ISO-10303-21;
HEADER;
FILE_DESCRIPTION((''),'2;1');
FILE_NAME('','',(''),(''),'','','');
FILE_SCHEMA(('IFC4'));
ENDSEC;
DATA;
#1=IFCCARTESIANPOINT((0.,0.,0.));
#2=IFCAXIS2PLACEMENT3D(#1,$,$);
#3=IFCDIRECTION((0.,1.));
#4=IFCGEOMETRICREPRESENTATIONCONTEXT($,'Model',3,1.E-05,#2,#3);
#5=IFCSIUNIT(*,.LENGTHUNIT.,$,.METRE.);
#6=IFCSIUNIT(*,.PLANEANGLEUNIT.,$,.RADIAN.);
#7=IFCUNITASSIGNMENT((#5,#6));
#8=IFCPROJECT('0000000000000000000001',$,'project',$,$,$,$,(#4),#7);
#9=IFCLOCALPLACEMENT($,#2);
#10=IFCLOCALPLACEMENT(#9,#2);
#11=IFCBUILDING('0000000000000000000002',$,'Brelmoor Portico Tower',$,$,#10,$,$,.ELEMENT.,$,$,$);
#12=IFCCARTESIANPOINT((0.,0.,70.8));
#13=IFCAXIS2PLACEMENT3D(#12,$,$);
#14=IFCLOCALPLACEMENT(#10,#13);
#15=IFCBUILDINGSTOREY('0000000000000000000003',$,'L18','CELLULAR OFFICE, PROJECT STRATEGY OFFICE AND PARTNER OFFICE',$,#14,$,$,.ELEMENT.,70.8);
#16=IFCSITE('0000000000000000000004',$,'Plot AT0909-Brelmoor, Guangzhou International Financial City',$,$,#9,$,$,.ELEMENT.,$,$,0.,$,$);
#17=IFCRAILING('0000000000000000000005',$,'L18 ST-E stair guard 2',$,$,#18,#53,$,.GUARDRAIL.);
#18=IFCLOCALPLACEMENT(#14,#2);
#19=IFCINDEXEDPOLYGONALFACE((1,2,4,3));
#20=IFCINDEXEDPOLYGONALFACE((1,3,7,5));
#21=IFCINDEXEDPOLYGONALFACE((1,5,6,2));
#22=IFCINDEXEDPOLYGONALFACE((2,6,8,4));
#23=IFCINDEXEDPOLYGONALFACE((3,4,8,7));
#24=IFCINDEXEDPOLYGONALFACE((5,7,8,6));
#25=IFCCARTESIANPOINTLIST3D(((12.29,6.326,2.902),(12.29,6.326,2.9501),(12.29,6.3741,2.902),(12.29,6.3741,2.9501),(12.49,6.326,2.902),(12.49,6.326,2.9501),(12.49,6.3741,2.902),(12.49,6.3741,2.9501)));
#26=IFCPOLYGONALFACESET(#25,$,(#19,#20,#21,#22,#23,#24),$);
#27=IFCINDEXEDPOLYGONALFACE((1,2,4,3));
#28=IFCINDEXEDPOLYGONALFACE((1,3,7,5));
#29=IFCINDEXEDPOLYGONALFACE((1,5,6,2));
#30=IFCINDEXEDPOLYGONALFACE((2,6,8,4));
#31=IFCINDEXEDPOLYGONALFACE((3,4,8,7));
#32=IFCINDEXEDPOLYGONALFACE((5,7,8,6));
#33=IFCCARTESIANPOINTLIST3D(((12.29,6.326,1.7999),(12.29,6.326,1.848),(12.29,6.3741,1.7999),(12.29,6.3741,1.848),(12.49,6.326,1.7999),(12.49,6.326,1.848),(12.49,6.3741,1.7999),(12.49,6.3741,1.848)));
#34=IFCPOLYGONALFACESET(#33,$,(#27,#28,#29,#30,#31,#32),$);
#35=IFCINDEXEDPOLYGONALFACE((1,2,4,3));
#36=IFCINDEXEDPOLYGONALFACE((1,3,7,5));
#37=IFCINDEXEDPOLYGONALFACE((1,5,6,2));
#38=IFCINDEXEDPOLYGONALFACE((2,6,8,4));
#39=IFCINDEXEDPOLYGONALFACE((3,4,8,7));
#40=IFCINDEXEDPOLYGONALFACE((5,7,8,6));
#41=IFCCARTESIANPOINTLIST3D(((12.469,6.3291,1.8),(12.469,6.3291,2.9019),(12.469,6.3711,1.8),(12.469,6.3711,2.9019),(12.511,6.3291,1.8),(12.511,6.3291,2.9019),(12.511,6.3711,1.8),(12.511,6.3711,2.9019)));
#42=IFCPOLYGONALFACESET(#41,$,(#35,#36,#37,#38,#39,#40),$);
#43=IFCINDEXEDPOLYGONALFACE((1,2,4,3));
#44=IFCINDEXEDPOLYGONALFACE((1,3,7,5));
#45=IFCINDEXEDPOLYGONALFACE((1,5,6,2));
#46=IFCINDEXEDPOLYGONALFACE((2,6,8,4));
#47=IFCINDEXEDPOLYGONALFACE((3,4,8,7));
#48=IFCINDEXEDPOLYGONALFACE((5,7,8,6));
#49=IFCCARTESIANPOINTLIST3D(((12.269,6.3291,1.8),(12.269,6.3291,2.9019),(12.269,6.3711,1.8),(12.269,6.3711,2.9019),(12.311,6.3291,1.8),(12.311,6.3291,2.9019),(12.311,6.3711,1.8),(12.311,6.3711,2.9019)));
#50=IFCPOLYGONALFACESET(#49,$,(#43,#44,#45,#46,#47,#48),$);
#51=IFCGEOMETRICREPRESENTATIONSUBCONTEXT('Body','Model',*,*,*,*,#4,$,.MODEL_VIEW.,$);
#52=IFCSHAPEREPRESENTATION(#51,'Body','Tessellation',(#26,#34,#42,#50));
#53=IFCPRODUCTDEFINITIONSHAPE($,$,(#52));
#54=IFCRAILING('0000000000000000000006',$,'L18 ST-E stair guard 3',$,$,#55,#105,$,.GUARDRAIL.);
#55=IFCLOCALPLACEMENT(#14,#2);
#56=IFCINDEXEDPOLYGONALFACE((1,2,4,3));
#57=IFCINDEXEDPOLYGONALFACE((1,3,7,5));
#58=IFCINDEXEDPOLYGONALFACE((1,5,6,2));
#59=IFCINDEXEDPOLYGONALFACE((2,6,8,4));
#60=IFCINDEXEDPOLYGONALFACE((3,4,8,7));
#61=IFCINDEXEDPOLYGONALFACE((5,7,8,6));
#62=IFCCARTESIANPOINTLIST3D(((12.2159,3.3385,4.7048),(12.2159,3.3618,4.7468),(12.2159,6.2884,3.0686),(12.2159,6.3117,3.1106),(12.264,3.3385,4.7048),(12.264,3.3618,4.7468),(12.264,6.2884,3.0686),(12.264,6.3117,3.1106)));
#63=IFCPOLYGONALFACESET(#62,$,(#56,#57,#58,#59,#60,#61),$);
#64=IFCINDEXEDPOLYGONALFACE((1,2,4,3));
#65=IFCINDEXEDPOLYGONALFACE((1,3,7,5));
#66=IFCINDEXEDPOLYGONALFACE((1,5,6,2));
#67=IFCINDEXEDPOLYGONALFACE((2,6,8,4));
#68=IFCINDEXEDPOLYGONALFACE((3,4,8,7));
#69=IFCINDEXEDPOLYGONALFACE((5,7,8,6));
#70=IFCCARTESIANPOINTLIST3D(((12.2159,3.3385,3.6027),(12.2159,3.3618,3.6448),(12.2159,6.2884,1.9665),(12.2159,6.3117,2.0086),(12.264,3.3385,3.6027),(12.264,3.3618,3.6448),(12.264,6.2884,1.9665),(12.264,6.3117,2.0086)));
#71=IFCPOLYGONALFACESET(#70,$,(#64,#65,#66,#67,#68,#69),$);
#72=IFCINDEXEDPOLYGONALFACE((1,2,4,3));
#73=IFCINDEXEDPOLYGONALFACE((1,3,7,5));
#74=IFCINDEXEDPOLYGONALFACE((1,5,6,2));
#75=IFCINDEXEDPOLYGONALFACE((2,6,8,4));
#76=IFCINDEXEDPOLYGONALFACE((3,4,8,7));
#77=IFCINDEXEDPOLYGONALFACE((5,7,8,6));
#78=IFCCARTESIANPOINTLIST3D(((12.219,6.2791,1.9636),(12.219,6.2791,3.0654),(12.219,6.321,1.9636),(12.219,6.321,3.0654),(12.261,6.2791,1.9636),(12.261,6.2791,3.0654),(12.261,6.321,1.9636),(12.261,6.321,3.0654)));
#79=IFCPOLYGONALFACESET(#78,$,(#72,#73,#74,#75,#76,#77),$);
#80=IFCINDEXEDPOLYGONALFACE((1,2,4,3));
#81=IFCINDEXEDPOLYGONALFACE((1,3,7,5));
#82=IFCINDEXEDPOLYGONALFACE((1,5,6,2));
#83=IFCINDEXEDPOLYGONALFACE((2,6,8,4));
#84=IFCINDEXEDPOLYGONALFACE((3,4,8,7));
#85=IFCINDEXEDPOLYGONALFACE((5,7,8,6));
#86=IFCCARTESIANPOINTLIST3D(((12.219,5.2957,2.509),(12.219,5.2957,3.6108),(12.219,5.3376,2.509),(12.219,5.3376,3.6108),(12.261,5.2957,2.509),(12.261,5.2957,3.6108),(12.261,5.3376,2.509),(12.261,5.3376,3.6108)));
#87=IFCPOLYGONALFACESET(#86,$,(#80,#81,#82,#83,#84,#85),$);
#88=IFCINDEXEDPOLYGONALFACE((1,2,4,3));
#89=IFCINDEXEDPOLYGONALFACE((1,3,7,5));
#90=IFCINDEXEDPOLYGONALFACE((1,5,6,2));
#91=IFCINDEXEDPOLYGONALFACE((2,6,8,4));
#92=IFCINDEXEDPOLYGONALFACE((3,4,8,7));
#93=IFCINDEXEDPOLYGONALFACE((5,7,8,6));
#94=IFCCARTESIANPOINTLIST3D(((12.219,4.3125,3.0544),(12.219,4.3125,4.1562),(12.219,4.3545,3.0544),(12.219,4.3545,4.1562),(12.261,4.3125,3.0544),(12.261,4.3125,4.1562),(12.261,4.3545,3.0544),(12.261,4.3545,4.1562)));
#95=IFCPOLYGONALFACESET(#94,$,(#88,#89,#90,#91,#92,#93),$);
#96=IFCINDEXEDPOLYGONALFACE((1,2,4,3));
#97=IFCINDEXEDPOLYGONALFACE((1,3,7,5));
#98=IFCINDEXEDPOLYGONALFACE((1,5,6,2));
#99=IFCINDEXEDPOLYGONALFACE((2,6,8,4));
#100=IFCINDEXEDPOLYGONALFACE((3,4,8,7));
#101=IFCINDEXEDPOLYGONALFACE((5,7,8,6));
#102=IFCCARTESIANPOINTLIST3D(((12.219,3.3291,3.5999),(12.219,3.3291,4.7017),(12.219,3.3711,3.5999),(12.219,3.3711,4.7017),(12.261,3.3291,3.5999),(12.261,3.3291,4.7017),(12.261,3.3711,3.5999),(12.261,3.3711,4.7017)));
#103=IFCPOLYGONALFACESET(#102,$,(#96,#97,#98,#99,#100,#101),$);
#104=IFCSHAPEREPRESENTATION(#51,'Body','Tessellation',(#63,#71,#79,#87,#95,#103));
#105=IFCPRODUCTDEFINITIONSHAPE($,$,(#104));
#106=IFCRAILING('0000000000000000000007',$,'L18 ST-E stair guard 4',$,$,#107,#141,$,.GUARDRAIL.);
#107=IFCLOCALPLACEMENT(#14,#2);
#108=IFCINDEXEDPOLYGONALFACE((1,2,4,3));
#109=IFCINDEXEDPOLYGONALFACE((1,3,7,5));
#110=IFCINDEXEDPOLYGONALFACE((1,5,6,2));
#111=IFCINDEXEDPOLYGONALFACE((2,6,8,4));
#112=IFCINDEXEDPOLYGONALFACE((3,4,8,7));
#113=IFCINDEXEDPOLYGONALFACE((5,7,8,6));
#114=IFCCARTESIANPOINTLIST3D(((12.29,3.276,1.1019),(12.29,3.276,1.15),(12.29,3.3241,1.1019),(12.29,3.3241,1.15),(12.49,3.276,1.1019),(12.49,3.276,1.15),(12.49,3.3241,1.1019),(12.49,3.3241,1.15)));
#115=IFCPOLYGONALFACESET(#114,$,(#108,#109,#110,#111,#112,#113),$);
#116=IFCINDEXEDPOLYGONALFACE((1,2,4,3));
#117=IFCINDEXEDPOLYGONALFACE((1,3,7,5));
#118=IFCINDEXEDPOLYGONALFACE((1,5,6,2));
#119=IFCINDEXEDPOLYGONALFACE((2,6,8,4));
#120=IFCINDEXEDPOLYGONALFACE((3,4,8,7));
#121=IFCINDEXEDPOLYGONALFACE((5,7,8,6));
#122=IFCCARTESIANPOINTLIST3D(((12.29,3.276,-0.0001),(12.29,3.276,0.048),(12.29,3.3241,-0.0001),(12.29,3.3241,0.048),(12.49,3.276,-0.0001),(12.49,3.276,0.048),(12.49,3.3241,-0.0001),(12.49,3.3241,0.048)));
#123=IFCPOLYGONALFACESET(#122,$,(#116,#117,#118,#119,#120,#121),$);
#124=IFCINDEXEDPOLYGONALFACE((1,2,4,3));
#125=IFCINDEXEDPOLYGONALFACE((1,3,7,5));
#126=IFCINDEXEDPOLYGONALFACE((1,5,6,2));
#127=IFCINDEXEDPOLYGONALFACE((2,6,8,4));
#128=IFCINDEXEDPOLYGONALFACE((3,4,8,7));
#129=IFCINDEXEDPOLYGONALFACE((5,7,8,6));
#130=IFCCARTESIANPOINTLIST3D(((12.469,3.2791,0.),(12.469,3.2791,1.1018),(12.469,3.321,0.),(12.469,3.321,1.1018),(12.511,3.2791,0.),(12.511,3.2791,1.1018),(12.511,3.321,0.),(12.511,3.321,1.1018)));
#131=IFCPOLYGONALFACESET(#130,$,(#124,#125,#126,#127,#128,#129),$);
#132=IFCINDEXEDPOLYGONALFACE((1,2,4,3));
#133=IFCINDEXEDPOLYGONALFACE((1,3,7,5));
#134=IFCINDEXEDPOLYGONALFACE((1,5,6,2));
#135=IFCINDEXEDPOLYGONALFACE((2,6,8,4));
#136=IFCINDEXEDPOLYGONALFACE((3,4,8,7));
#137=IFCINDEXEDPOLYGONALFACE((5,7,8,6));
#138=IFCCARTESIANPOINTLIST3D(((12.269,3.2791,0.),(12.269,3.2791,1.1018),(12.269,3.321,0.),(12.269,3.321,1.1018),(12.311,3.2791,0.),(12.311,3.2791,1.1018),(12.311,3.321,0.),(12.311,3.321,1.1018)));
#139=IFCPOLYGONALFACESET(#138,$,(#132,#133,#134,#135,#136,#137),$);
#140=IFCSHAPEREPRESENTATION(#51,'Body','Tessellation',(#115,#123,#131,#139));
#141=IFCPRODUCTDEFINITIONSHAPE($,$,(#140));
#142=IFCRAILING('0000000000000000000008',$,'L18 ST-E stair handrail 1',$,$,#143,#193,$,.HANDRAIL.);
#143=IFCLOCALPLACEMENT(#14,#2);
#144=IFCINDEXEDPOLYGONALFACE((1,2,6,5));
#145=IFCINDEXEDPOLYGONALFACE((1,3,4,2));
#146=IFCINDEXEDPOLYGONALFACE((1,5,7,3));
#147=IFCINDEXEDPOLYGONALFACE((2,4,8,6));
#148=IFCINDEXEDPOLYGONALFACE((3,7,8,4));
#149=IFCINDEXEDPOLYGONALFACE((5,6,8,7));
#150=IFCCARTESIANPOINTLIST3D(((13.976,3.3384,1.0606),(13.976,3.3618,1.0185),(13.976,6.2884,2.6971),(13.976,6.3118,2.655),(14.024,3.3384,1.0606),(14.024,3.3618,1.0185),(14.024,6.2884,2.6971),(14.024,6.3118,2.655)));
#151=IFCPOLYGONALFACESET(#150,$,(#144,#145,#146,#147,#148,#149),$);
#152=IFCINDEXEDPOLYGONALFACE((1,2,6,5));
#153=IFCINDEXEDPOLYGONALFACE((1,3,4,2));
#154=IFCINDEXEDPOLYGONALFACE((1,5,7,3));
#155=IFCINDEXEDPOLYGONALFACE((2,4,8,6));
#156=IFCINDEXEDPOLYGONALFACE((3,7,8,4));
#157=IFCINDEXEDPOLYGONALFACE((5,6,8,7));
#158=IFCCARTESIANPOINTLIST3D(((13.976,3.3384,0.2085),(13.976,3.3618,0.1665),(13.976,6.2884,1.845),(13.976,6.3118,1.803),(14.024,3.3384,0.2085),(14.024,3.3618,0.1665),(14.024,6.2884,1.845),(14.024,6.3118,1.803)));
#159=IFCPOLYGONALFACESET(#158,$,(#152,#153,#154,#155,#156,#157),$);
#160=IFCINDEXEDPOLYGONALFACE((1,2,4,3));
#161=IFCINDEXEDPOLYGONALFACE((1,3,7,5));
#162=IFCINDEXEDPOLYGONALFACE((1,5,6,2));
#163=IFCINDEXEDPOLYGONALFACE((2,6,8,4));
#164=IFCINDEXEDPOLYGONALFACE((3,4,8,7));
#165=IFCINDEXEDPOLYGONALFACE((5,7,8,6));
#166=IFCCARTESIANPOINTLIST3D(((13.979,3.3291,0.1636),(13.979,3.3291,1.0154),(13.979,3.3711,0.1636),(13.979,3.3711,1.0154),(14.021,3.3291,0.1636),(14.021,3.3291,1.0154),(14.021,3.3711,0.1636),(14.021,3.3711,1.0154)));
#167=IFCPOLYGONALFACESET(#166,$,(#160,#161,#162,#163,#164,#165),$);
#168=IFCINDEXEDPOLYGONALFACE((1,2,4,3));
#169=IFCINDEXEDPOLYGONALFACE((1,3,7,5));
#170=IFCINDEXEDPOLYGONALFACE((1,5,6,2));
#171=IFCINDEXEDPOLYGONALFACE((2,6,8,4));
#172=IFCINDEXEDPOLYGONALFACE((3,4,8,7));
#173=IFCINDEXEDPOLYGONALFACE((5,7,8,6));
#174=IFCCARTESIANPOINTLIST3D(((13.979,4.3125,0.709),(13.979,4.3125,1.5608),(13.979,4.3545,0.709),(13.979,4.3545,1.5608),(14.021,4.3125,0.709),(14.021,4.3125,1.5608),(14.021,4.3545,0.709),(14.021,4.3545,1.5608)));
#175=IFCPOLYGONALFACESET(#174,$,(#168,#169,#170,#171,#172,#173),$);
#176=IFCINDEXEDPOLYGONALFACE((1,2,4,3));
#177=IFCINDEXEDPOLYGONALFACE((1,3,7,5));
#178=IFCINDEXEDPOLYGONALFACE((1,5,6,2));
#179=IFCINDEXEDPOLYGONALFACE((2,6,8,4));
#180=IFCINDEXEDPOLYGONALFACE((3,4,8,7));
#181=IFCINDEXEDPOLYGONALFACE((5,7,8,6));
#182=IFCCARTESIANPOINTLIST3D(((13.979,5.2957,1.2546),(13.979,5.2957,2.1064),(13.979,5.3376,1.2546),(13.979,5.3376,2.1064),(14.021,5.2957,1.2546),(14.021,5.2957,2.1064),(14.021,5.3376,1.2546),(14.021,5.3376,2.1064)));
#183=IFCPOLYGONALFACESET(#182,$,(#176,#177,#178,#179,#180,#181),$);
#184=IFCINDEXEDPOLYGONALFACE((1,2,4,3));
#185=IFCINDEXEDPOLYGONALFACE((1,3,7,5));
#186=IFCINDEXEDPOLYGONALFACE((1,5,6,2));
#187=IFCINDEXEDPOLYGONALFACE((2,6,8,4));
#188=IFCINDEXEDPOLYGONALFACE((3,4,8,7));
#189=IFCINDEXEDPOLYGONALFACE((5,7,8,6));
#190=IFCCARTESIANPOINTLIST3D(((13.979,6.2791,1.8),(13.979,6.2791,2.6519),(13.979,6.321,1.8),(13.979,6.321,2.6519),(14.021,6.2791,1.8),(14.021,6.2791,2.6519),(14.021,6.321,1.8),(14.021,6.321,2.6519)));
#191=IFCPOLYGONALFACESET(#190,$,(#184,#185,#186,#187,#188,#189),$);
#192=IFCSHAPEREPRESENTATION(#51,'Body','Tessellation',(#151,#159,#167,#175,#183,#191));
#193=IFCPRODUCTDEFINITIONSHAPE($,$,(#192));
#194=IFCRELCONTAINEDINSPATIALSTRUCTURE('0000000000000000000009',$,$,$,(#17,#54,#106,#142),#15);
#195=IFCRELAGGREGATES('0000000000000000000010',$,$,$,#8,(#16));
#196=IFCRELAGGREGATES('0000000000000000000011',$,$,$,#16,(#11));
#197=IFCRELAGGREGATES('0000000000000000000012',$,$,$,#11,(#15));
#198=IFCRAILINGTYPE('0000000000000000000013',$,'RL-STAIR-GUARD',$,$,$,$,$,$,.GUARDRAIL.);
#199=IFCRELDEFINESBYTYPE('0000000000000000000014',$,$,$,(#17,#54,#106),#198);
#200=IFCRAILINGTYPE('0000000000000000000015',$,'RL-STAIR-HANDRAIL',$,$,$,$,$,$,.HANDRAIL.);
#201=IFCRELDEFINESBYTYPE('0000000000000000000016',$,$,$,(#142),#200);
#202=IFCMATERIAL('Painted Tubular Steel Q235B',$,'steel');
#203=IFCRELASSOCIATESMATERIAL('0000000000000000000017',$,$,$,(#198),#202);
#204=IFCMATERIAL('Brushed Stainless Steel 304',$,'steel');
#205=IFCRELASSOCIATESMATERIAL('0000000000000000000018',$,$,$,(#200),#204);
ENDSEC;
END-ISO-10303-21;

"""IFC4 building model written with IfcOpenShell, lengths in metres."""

from ifc_helpers import new_model, si_unit, direction, frame, origin, origin_2d, place, context, subcontext, project, spatial, rectangle, extrude, material, type_object, element, save


model = new_model("IFC4")

# Units and contexts
model_context = context("Model", 3, precision=1e-05, world=origin(), true_north=direction((0.0, 1.0)))
body_context = subcontext(model_context, "Body", "Model", "MODEL_VIEW")
ifc_project = project(units=[si_unit("LENGTHUNIT", "METRE"), si_unit("PLANEANGLEUNIT", "RADIAN")], contexts=[model_context])

# Site, building, storey
site_placement = place(None, origin())
site = spatial("IfcSite", under=ifc_project, at=site_placement, Name="Plot AT0909-Brelmoor, Guangzhou International Financial City", CompositionType="ELEMENT", RefElevation=0.0)
building_placement = place(site_placement, origin())
building = spatial("IfcBuilding", under=site, at=building_placement, Name="Brelmoor Portico Tower", CompositionType="ELEMENT")
storey_placement = place(building_placement, frame((0.0, 0.0, 70.8)))
storey = spatial("IfcBuildingStorey", under=building, at=storey_placement, Name="L18", Description="CELLULAR OFFICE, PROJECT STRATEGY OFFICE AND PARTNER OFFICE", CompositionType="ELEMENT", Elevation=70.8)

# Railings
ifc_material_1 = material(Name="Painted Tubular Steel Q235B", Category="steel")
railing_type_1 = type_object("IfcRailingType", Name="RL-STAIR-GUARD", PredefinedType="GUARDRAIL", material=ifc_material_1)
railing_1_placement = place(storey_placement, frame((12.49, 6.3501, 1.8)))
element("IfcRailing", 1, at=railing_1_placement, inside=storey, type_object=railing_type_1, Name="L18 ST-E stair guard 2", PredefinedType="GUARDRAIL", context=body_context, shape_type="SweptSolid", body=[
    extrude(rectangle(XDim=0.0481, YDim=0.0481, at=origin_2d()), frame((0.0, 0.0, 1.126), z_axis=(-1.0, 0.0, 0.0), x_axis=(0.0, -1.0, 0.0)), (0.0, 0.0, 1.0), 0.2),
    extrude(rectangle(XDim=0.0481, YDim=0.0481, at=origin_2d()), frame((0.0, 0.0, 0.0239), z_axis=(-1.0, 0.0, 0.0), x_axis=(0.0, -1.0, 0.0)), (0.0, 0.0, 1.0), 0.2),
    extrude(rectangle(XDim=0.042, YDim=0.042, at=origin_2d()), origin(), (0.0, 0.0, 1.0), 1.1018),
    extrude(rectangle(XDim=0.042, YDim=0.042, at=origin_2d()), frame((-0.2, 0.0, 0.0)), (0.0, 0.0, 1.0), 1.1018),
])
railing_2_placement = place(storey_placement, frame((12.24, 6.3, 1.9636)))
element("IfcRailing", 2, at=railing_2_placement, inside=storey, type_object=railing_type_1, Name="L18 ST-E stair guard 3", PredefinedType="GUARDRAIL", context=body_context, shape_type="SweptSolid", body=[
    extrude(rectangle(XDim=0.0481, YDim=0.0481, at=origin_2d()), frame((0.0, 0.0, 1.126), z_axis=(0.0, -0.874488, 0.485047), x_axis=(1.0, 0.0, 0.0)), (0.0, 0.0, 1.0), 3.3733),
    extrude(rectangle(XDim=0.0481, YDim=0.0481, at=origin_2d()), frame((0.0, 0.0, 0.0239), z_axis=(0.0, -0.874488, 0.485047), x_axis=(1.0, 0.0, 0.0)), (0.0, 0.0, 1.0), 3.3733),
    extrude(rectangle(XDim=0.042, YDim=0.042, at=origin_2d()), origin(), (0.0, 0.0, 1.0), 1.1018),
    extrude(rectangle(XDim=0.042, YDim=0.042, at=origin_2d()), frame((0.0, -0.9834, 0.5454)), (0.0, 0.0, 1.0), 1.1018),
    extrude(rectangle(XDim=0.042, YDim=0.042, at=origin_2d()), frame((0.0, -1.9666, 1.0908)), (0.0, 0.0, 1.0), 1.1018),
    extrude(rectangle(XDim=0.042, YDim=0.042, at=origin_2d()), frame((0.0, -2.95, 1.6362)), (0.0, 0.0, 1.0), 1.1018),
])
railing_3_placement = place(storey_placement, frame((12.49, 3.3, 0.0)))
element("IfcRailing", 3, at=railing_3_placement, inside=storey, type_object=railing_type_1, Name="L18 ST-E stair guard 4", PredefinedType="GUARDRAIL", context=body_context, shape_type="SweptSolid", body=[
    extrude(rectangle(XDim=0.0481, YDim=0.0481, at=origin_2d()), frame((0.0, 0.0, 1.126), z_axis=(-1.0, 0.0, 0.0), x_axis=(0.0, -1.0, 0.0)), (0.0, 0.0, 1.0), 0.2),
    extrude(rectangle(XDim=0.0481, YDim=0.0481, at=origin_2d()), frame((0.0, 0.0, 0.0239), z_axis=(-1.0, 0.0, 0.0), x_axis=(0.0, -1.0, 0.0)), (0.0, 0.0, 1.0), 0.2),
    extrude(rectangle(XDim=0.042, YDim=0.042, at=origin_2d()), origin(), (0.0, 0.0, 1.0), 1.1018),
    extrude(rectangle(XDim=0.042, YDim=0.042, at=origin_2d()), frame((-0.2, 0.0, 0.0)), (0.0, 0.0, 1.0), 1.1018),
])
ifc_material_2 = material(Name="Brushed Stainless Steel 304", Category="steel")
railing_type_2 = type_object("IfcRailingType", Name="RL-STAIR-HANDRAIL", PredefinedType="HANDRAIL", material=ifc_material_2)
railing_4_placement = place(storey_placement, frame((14.0, 3.3501, 0.1636)))
element("IfcRailing", 4, at=railing_4_placement, inside=storey, type_object=railing_type_2, Name="L18 ST-E stair handrail 1", PredefinedType="HANDRAIL", context=body_context, shape_type="SweptSolid", body=[
    extrude(rectangle(XDim=0.0481, YDim=0.0481, at=origin_2d()), frame((0.0, 0.0, 0.876), z_axis=(0.0, 0.874458, 0.485102), x_axis=(-1.0, 0.0, 0.0)), (0.0, 0.0, 1.0), 3.3735),
    extrude(rectangle(XDim=0.0481, YDim=0.0481, at=origin_2d()), frame((0.0, 0.0, 0.0239), z_axis=(0.0, 0.874458, 0.485102), x_axis=(-1.0, 0.0, 0.0)), (0.0, 0.0, 1.0), 3.3735),
    extrude(rectangle(XDim=0.042, YDim=0.042, at=origin_2d()), origin(), (0.0, 0.0, 1.0), 0.8518),
    extrude(rectangle(XDim=0.042, YDim=0.042, at=origin_2d()), frame((0.0, 0.9834, 0.5454)), (0.0, 0.0, 1.0), 0.8518),
    extrude(rectangle(XDim=0.042, YDim=0.042, at=origin_2d()), frame((0.0, 1.9666, 1.0911)), (0.0, 0.0, 1.0), 0.8518),
    extrude(rectangle(XDim=0.042, YDim=0.042, at=origin_2d()), frame((0.0, 2.95, 1.6365)), (0.0, 0.0, 1.0), 0.8518),
])

save(model, "model.ifc")
